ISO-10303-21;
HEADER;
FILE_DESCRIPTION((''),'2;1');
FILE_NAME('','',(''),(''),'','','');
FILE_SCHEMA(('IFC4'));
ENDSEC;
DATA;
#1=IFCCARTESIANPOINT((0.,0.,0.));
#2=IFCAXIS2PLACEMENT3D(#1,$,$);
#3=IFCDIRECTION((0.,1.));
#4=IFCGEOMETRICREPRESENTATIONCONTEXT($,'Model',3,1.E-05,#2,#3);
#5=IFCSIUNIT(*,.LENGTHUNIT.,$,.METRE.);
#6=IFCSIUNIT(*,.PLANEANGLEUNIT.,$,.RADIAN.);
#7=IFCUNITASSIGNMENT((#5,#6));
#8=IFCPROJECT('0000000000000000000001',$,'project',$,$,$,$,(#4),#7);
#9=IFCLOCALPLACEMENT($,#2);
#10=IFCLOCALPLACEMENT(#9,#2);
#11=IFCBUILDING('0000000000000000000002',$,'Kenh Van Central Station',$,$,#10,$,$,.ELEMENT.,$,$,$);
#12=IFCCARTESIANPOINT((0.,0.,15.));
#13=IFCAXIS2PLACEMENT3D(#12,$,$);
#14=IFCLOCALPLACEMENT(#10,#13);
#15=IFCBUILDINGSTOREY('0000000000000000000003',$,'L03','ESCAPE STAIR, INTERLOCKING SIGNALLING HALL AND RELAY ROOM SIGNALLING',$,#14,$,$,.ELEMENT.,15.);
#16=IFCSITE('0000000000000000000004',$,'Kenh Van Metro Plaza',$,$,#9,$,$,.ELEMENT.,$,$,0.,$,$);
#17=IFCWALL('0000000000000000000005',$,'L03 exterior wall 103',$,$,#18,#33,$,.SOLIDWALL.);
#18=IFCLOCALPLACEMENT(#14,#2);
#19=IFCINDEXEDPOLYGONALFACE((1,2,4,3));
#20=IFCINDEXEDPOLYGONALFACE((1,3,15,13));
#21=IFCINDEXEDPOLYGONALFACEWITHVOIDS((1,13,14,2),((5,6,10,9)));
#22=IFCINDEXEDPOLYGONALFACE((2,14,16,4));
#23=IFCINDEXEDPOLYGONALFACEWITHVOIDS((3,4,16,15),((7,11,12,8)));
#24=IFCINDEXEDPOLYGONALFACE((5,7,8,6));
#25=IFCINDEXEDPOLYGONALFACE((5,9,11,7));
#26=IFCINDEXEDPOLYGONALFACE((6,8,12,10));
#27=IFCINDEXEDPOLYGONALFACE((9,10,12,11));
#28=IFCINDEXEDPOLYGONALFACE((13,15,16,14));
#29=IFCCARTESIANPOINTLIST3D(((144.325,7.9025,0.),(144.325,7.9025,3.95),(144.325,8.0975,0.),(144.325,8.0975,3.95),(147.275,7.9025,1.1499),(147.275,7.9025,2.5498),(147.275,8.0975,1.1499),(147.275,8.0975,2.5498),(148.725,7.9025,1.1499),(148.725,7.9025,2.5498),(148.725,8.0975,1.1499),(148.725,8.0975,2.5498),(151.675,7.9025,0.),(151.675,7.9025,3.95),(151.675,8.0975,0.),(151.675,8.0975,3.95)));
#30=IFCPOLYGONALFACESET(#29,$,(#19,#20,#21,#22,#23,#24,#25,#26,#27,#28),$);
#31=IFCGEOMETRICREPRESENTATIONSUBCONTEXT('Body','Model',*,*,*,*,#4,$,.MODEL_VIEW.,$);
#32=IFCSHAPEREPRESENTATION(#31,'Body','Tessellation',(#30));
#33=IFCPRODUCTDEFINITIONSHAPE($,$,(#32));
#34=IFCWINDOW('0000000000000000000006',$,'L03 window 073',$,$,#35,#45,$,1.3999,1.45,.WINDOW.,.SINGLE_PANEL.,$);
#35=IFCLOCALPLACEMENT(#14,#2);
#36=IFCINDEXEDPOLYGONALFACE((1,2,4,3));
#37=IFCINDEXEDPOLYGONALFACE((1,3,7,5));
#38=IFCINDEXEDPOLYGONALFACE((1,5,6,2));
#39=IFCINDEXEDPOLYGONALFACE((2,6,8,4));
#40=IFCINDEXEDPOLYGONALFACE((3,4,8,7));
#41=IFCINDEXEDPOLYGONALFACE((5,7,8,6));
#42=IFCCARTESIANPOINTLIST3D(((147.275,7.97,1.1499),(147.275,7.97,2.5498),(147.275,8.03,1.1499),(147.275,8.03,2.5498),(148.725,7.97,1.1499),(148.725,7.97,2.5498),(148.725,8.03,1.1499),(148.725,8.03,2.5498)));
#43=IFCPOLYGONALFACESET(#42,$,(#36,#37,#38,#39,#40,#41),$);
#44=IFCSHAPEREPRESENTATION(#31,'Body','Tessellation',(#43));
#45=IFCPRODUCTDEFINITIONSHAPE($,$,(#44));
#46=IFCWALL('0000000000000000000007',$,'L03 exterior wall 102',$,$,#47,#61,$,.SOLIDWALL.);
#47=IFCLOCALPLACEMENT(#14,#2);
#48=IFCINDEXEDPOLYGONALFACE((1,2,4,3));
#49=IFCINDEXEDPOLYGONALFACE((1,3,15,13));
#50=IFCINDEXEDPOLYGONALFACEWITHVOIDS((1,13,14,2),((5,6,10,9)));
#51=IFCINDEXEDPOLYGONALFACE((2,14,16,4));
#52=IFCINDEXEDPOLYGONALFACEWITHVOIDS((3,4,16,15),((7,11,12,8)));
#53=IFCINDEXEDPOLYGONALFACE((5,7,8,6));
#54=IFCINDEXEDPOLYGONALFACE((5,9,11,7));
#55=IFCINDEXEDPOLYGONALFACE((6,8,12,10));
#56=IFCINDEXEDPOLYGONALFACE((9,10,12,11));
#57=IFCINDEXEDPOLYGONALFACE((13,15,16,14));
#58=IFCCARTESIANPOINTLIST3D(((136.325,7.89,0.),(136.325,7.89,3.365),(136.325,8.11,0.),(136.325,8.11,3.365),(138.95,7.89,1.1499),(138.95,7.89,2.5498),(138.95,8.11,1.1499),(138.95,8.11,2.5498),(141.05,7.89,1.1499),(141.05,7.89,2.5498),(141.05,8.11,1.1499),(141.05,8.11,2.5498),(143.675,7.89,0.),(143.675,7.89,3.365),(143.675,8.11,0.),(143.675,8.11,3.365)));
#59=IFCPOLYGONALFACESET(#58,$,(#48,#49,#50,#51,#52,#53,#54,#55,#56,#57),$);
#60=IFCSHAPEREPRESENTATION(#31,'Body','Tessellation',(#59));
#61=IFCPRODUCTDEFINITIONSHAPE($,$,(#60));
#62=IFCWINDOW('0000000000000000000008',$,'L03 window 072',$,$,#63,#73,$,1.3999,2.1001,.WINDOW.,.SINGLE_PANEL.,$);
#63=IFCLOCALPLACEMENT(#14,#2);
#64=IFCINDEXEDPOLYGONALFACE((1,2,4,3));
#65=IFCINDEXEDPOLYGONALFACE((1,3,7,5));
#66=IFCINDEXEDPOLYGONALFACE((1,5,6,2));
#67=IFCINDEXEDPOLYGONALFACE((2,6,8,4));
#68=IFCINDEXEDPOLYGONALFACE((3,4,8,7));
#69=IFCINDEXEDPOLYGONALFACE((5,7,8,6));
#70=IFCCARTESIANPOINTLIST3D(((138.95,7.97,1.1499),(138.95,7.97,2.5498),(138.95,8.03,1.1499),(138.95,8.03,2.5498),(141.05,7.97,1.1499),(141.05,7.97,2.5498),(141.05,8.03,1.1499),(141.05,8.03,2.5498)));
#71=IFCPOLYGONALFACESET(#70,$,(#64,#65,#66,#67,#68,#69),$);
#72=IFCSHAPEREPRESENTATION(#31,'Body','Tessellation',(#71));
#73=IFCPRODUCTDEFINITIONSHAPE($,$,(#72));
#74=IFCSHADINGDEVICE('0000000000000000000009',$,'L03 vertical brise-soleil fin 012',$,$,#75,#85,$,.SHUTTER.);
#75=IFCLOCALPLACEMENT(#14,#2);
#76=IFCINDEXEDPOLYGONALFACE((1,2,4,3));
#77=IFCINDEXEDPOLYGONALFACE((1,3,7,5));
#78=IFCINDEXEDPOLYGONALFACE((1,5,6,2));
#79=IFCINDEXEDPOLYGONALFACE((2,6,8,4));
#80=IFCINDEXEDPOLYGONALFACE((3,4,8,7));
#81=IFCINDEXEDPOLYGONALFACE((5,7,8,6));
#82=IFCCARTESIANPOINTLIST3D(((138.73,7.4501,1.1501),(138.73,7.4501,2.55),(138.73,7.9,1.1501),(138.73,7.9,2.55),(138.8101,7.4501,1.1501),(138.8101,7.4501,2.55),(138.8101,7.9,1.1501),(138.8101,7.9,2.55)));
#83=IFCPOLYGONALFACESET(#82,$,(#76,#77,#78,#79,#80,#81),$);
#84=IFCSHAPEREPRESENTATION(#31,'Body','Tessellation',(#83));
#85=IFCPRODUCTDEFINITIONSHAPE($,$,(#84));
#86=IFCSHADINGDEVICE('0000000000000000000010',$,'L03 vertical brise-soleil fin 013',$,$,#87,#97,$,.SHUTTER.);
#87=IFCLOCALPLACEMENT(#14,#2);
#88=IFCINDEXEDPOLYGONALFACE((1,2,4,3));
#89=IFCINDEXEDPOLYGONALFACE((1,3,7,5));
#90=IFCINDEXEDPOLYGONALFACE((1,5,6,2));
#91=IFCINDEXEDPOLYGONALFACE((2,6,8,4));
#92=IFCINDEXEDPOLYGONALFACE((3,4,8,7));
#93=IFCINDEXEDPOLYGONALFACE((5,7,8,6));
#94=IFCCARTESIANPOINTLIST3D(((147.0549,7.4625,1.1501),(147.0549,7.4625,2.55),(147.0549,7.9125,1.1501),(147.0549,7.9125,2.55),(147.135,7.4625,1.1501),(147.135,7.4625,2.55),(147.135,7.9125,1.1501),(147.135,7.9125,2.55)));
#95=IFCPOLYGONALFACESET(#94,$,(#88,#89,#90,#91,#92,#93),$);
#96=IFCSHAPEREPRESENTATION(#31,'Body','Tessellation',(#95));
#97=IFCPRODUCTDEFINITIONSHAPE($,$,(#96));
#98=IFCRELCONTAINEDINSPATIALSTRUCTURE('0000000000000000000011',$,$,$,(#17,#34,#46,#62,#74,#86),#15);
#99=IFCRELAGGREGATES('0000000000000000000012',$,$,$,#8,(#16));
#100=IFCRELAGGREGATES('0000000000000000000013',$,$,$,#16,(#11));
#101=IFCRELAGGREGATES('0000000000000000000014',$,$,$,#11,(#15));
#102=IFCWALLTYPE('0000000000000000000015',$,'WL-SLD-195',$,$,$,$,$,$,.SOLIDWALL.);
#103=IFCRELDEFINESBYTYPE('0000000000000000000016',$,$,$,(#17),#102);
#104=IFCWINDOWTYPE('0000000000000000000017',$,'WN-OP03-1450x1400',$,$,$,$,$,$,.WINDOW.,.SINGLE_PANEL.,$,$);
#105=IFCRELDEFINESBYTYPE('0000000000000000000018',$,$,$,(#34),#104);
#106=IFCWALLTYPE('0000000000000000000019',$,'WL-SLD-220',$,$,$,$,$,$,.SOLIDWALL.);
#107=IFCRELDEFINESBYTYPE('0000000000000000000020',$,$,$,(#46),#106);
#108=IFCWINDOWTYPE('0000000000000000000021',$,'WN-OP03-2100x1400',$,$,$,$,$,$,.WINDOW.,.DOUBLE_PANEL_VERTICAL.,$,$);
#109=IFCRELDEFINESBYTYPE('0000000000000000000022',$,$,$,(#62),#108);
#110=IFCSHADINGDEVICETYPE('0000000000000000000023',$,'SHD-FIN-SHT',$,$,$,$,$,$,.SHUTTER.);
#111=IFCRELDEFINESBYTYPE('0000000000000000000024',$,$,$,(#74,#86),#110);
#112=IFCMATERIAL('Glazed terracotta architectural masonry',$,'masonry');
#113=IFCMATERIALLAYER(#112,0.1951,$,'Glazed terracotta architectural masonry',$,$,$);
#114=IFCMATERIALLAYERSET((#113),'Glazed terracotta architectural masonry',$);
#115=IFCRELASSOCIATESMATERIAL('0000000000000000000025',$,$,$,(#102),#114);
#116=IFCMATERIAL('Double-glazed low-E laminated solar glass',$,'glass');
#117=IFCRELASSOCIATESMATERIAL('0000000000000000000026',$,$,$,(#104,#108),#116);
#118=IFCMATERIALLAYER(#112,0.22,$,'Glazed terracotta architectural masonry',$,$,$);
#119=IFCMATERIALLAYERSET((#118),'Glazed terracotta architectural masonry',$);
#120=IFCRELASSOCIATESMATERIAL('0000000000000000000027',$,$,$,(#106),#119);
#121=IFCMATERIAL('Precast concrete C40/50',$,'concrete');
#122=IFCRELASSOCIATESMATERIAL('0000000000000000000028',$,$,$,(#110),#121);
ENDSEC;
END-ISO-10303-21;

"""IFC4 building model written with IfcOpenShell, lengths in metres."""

from ifc_helpers import new_model, si_unit, direction, frame, frame_2d, origin, origin_2d, place, context, subcontext, project, spatial, rectangle, extrude, material, layer, layer_set, type_object, element, fill, save


model = new_model("IFC4")

# Units and contexts
model_context = context("Model", 3, precision=1e-05, world=origin(), true_north=direction((0.0, 1.0)))
body_context = subcontext(model_context, "Body", "Model", "MODEL_VIEW")
ifc_project = project(units=[si_unit("LENGTHUNIT", "METRE"), si_unit("PLANEANGLEUNIT", "RADIAN")], contexts=[model_context])

# Site, building, storey
site_placement = place(None, origin())
site = spatial("IfcSite", under=ifc_project, at=site_placement, Name="Kenh Van Metro Plaza", CompositionType="ELEMENT", RefElevation=0.0)
building_placement = place(site_placement, origin())
building = spatial("IfcBuilding", under=site, at=building_placement, Name="Kenh Van Central Station", CompositionType="ELEMENT")
storey_placement = place(building_placement, frame((0.0, 0.0, 15.0)))
storey = spatial("IfcBuildingStorey", under=building, at=storey_placement, Name="L03", Description="ESCAPE STAIR, INTERLOCKING SIGNALLING HALL AND RELAY ROOM SIGNALLING", CompositionType="ELEMENT", Elevation=15.0)

# Walls, openings, windows
ifc_material_1 = material(Name="Glazed terracotta architectural masonry", Category="masonry")
ifc_layer_1 = layer(ifc_material_1, 0.1951, Name="Glazed terracotta architectural masonry")
ifc_layer_set_1 = layer_set([ifc_layer_1], Name="Glazed terracotta architectural masonry")
wall_type_1 = type_object("IfcWallType", Name="WL-SLD-195", PredefinedType="SOLIDWALL", material=ifc_layer_set_1)
wall_1_placement = place(storey_placement, frame((144.325, 8.0, 0.0), z_axis=(0.0, 0.0, 1.0), x_axis=(1.0, 0.0, 0.0)))
wall_1 = element("IfcWall", 1, at=wall_1_placement, inside=storey, type_object=wall_type_1, Name="L03 exterior wall 103", PredefinedType="SOLIDWALL", context=body_context, shape_type="SweptSolid", body=[
    extrude(rectangle(XDim=7.3501, YDim=0.1951, at=frame_2d((3.675, 0.0))), origin(), (0.0, 0.0, 1.0), 3.95),
])
opening_1_placement = place(wall_1_placement, frame((2.95, 0.0, 1.1499)))
opening_1 = element("IfcOpeningElement", 2, at=opening_1_placement, cuts=wall_1, PredefinedType="OPENING", context=body_context, shape_type="SweptSolid", body=[
    extrude(rectangle(XDim=1.45, YDim=1.3999, at=frame_2d((0.7251, 0.7))), frame((0.0, 0.1074, 0.0), z_axis=(0.0, -1.0, 0.0), x_axis=(1.0, 0.0, 0.0)), (0.0, 0.0, 1.0), 0.2151),
])
ifc_material_2 = material(Name="Double-glazed low-E laminated solar glass", Category="glass")
window_type_1 = type_object("IfcWindowType", Name="WN-OP03-1450x1400", PartitioningType="SINGLE_PANEL", PredefinedType="WINDOW", material=ifc_material_2)
window_1_placement = place(opening_1_placement, origin())
window_1 = element("IfcWindow", 3, at=window_1_placement, inside=storey, type_object=window_type_1, Name="L03 window 073", OverallHeight=1.3999, OverallWidth=1.45, PartitioningType="SINGLE_PANEL", PredefinedType="WINDOW", context=body_context, shape_type="SweptSolid", body=[
    extrude(rectangle(XDim=1.45, YDim=1.3999, at=frame_2d((0.7251, 0.7))), frame((0.0, 0.03, 0.0), z_axis=(0.0, -1.0, 0.0), x_axis=(1.0, 0.0, 0.0)), (0.0, 0.0, 1.0), 0.0601),
])
fill(opening_1, window_1)
ifc_layer_2 = layer(ifc_material_1, 0.22, Name="Glazed terracotta architectural masonry")
ifc_layer_set_2 = layer_set([ifc_layer_2], Name="Glazed terracotta architectural masonry")
wall_type_2 = type_object("IfcWallType", Name="WL-SLD-220", PredefinedType="SOLIDWALL", material=ifc_layer_set_2)
wall_2_placement = place(storey_placement, frame((136.325, 8.0, 0.0), z_axis=(0.0, 0.0, 1.0), x_axis=(1.0, 0.0, 0.0)))
wall_2 = element("IfcWall", 4, at=wall_2_placement, inside=storey, type_object=wall_type_2, Name="L03 exterior wall 102", PredefinedType="SOLIDWALL", context=body_context, shape_type="SweptSolid", body=[
    extrude(rectangle(XDim=7.3501, YDim=0.22, at=frame_2d((3.675, 0.0))), origin(), (0.0, 0.0, 1.0), 3.365),
])
opening_2_placement = place(wall_2_placement, frame((2.625, 0.0, 1.1499)))
opening_2 = element("IfcOpeningElement", 5, at=opening_2_placement, cuts=wall_2, PredefinedType="OPENING", context=body_context, shape_type="SweptSolid", body=[
    extrude(rectangle(XDim=2.1001, YDim=1.3999, at=frame_2d((1.05, 0.7))), frame((0.0, 0.1199, 0.0), z_axis=(0.0, -1.0, 0.0), x_axis=(1.0, 0.0, 0.0)), (0.0, 0.0, 1.0), 0.24),
])
window_type_2 = type_object("IfcWindowType", Name="WN-OP03-2100x1400", PartitioningType="DOUBLE_PANEL_VERTICAL", PredefinedType="WINDOW", material=ifc_material_2)
window_2_placement = place(opening_2_placement, origin())
window_2 = element("IfcWindow", 6, at=window_2_placement, inside=storey, type_object=window_type_2, Name="L03 window 072", OverallHeight=1.3999, OverallWidth=2.1001, PartitioningType="SINGLE_PANEL", PredefinedType="WINDOW", context=body_context, shape_type="SweptSolid", body=[
    extrude(rectangle(XDim=2.1001, YDim=1.3999, at=frame_2d((1.05, 0.7))), frame((0.0, 0.03, 0.0), z_axis=(0.0, -1.0, 0.0), x_axis=(1.0, 0.0, 0.0)), (0.0, 0.0, 1.0), 0.0601),
])
fill(opening_2, window_2)

# Shading devices
ifc_material_3 = material(Name="Precast concrete C40/50", Category="concrete")
shading_device_type = type_object("IfcShadingDeviceType", Name="SHD-FIN-SHT", PredefinedType="SHUTTER", material=ifc_material_3)
for number, where, z_axis, x_axis, name in (
    (7, (138.77, 7.675, 1.1501), (0.0, 0.0, 1.0), (0.0, -1.0, 0.0), "L03 vertical brise-soleil fin 012"),
    (8, (147.095, 7.6875, 1.1501), (0.0, 0.0, 1.0), (0.0, -1.0, 0.0), "L03 vertical brise-soleil fin 013"),
):
    element("IfcShadingDevice", number, at=place(storey_placement, frame(where, z_axis=z_axis, x_axis=x_axis)), inside=storey, type_object=shading_device_type, Name=name, PredefinedType="SHUTTER", context=body_context, shape_type="SweptSolid", body=[
        extrude(rectangle(XDim=0.45, YDim=0.0801, at=origin_2d()), origin(), (0.0, 0.0, 1.0), 1.3999),
    ])

save(model, "model.ifc")
